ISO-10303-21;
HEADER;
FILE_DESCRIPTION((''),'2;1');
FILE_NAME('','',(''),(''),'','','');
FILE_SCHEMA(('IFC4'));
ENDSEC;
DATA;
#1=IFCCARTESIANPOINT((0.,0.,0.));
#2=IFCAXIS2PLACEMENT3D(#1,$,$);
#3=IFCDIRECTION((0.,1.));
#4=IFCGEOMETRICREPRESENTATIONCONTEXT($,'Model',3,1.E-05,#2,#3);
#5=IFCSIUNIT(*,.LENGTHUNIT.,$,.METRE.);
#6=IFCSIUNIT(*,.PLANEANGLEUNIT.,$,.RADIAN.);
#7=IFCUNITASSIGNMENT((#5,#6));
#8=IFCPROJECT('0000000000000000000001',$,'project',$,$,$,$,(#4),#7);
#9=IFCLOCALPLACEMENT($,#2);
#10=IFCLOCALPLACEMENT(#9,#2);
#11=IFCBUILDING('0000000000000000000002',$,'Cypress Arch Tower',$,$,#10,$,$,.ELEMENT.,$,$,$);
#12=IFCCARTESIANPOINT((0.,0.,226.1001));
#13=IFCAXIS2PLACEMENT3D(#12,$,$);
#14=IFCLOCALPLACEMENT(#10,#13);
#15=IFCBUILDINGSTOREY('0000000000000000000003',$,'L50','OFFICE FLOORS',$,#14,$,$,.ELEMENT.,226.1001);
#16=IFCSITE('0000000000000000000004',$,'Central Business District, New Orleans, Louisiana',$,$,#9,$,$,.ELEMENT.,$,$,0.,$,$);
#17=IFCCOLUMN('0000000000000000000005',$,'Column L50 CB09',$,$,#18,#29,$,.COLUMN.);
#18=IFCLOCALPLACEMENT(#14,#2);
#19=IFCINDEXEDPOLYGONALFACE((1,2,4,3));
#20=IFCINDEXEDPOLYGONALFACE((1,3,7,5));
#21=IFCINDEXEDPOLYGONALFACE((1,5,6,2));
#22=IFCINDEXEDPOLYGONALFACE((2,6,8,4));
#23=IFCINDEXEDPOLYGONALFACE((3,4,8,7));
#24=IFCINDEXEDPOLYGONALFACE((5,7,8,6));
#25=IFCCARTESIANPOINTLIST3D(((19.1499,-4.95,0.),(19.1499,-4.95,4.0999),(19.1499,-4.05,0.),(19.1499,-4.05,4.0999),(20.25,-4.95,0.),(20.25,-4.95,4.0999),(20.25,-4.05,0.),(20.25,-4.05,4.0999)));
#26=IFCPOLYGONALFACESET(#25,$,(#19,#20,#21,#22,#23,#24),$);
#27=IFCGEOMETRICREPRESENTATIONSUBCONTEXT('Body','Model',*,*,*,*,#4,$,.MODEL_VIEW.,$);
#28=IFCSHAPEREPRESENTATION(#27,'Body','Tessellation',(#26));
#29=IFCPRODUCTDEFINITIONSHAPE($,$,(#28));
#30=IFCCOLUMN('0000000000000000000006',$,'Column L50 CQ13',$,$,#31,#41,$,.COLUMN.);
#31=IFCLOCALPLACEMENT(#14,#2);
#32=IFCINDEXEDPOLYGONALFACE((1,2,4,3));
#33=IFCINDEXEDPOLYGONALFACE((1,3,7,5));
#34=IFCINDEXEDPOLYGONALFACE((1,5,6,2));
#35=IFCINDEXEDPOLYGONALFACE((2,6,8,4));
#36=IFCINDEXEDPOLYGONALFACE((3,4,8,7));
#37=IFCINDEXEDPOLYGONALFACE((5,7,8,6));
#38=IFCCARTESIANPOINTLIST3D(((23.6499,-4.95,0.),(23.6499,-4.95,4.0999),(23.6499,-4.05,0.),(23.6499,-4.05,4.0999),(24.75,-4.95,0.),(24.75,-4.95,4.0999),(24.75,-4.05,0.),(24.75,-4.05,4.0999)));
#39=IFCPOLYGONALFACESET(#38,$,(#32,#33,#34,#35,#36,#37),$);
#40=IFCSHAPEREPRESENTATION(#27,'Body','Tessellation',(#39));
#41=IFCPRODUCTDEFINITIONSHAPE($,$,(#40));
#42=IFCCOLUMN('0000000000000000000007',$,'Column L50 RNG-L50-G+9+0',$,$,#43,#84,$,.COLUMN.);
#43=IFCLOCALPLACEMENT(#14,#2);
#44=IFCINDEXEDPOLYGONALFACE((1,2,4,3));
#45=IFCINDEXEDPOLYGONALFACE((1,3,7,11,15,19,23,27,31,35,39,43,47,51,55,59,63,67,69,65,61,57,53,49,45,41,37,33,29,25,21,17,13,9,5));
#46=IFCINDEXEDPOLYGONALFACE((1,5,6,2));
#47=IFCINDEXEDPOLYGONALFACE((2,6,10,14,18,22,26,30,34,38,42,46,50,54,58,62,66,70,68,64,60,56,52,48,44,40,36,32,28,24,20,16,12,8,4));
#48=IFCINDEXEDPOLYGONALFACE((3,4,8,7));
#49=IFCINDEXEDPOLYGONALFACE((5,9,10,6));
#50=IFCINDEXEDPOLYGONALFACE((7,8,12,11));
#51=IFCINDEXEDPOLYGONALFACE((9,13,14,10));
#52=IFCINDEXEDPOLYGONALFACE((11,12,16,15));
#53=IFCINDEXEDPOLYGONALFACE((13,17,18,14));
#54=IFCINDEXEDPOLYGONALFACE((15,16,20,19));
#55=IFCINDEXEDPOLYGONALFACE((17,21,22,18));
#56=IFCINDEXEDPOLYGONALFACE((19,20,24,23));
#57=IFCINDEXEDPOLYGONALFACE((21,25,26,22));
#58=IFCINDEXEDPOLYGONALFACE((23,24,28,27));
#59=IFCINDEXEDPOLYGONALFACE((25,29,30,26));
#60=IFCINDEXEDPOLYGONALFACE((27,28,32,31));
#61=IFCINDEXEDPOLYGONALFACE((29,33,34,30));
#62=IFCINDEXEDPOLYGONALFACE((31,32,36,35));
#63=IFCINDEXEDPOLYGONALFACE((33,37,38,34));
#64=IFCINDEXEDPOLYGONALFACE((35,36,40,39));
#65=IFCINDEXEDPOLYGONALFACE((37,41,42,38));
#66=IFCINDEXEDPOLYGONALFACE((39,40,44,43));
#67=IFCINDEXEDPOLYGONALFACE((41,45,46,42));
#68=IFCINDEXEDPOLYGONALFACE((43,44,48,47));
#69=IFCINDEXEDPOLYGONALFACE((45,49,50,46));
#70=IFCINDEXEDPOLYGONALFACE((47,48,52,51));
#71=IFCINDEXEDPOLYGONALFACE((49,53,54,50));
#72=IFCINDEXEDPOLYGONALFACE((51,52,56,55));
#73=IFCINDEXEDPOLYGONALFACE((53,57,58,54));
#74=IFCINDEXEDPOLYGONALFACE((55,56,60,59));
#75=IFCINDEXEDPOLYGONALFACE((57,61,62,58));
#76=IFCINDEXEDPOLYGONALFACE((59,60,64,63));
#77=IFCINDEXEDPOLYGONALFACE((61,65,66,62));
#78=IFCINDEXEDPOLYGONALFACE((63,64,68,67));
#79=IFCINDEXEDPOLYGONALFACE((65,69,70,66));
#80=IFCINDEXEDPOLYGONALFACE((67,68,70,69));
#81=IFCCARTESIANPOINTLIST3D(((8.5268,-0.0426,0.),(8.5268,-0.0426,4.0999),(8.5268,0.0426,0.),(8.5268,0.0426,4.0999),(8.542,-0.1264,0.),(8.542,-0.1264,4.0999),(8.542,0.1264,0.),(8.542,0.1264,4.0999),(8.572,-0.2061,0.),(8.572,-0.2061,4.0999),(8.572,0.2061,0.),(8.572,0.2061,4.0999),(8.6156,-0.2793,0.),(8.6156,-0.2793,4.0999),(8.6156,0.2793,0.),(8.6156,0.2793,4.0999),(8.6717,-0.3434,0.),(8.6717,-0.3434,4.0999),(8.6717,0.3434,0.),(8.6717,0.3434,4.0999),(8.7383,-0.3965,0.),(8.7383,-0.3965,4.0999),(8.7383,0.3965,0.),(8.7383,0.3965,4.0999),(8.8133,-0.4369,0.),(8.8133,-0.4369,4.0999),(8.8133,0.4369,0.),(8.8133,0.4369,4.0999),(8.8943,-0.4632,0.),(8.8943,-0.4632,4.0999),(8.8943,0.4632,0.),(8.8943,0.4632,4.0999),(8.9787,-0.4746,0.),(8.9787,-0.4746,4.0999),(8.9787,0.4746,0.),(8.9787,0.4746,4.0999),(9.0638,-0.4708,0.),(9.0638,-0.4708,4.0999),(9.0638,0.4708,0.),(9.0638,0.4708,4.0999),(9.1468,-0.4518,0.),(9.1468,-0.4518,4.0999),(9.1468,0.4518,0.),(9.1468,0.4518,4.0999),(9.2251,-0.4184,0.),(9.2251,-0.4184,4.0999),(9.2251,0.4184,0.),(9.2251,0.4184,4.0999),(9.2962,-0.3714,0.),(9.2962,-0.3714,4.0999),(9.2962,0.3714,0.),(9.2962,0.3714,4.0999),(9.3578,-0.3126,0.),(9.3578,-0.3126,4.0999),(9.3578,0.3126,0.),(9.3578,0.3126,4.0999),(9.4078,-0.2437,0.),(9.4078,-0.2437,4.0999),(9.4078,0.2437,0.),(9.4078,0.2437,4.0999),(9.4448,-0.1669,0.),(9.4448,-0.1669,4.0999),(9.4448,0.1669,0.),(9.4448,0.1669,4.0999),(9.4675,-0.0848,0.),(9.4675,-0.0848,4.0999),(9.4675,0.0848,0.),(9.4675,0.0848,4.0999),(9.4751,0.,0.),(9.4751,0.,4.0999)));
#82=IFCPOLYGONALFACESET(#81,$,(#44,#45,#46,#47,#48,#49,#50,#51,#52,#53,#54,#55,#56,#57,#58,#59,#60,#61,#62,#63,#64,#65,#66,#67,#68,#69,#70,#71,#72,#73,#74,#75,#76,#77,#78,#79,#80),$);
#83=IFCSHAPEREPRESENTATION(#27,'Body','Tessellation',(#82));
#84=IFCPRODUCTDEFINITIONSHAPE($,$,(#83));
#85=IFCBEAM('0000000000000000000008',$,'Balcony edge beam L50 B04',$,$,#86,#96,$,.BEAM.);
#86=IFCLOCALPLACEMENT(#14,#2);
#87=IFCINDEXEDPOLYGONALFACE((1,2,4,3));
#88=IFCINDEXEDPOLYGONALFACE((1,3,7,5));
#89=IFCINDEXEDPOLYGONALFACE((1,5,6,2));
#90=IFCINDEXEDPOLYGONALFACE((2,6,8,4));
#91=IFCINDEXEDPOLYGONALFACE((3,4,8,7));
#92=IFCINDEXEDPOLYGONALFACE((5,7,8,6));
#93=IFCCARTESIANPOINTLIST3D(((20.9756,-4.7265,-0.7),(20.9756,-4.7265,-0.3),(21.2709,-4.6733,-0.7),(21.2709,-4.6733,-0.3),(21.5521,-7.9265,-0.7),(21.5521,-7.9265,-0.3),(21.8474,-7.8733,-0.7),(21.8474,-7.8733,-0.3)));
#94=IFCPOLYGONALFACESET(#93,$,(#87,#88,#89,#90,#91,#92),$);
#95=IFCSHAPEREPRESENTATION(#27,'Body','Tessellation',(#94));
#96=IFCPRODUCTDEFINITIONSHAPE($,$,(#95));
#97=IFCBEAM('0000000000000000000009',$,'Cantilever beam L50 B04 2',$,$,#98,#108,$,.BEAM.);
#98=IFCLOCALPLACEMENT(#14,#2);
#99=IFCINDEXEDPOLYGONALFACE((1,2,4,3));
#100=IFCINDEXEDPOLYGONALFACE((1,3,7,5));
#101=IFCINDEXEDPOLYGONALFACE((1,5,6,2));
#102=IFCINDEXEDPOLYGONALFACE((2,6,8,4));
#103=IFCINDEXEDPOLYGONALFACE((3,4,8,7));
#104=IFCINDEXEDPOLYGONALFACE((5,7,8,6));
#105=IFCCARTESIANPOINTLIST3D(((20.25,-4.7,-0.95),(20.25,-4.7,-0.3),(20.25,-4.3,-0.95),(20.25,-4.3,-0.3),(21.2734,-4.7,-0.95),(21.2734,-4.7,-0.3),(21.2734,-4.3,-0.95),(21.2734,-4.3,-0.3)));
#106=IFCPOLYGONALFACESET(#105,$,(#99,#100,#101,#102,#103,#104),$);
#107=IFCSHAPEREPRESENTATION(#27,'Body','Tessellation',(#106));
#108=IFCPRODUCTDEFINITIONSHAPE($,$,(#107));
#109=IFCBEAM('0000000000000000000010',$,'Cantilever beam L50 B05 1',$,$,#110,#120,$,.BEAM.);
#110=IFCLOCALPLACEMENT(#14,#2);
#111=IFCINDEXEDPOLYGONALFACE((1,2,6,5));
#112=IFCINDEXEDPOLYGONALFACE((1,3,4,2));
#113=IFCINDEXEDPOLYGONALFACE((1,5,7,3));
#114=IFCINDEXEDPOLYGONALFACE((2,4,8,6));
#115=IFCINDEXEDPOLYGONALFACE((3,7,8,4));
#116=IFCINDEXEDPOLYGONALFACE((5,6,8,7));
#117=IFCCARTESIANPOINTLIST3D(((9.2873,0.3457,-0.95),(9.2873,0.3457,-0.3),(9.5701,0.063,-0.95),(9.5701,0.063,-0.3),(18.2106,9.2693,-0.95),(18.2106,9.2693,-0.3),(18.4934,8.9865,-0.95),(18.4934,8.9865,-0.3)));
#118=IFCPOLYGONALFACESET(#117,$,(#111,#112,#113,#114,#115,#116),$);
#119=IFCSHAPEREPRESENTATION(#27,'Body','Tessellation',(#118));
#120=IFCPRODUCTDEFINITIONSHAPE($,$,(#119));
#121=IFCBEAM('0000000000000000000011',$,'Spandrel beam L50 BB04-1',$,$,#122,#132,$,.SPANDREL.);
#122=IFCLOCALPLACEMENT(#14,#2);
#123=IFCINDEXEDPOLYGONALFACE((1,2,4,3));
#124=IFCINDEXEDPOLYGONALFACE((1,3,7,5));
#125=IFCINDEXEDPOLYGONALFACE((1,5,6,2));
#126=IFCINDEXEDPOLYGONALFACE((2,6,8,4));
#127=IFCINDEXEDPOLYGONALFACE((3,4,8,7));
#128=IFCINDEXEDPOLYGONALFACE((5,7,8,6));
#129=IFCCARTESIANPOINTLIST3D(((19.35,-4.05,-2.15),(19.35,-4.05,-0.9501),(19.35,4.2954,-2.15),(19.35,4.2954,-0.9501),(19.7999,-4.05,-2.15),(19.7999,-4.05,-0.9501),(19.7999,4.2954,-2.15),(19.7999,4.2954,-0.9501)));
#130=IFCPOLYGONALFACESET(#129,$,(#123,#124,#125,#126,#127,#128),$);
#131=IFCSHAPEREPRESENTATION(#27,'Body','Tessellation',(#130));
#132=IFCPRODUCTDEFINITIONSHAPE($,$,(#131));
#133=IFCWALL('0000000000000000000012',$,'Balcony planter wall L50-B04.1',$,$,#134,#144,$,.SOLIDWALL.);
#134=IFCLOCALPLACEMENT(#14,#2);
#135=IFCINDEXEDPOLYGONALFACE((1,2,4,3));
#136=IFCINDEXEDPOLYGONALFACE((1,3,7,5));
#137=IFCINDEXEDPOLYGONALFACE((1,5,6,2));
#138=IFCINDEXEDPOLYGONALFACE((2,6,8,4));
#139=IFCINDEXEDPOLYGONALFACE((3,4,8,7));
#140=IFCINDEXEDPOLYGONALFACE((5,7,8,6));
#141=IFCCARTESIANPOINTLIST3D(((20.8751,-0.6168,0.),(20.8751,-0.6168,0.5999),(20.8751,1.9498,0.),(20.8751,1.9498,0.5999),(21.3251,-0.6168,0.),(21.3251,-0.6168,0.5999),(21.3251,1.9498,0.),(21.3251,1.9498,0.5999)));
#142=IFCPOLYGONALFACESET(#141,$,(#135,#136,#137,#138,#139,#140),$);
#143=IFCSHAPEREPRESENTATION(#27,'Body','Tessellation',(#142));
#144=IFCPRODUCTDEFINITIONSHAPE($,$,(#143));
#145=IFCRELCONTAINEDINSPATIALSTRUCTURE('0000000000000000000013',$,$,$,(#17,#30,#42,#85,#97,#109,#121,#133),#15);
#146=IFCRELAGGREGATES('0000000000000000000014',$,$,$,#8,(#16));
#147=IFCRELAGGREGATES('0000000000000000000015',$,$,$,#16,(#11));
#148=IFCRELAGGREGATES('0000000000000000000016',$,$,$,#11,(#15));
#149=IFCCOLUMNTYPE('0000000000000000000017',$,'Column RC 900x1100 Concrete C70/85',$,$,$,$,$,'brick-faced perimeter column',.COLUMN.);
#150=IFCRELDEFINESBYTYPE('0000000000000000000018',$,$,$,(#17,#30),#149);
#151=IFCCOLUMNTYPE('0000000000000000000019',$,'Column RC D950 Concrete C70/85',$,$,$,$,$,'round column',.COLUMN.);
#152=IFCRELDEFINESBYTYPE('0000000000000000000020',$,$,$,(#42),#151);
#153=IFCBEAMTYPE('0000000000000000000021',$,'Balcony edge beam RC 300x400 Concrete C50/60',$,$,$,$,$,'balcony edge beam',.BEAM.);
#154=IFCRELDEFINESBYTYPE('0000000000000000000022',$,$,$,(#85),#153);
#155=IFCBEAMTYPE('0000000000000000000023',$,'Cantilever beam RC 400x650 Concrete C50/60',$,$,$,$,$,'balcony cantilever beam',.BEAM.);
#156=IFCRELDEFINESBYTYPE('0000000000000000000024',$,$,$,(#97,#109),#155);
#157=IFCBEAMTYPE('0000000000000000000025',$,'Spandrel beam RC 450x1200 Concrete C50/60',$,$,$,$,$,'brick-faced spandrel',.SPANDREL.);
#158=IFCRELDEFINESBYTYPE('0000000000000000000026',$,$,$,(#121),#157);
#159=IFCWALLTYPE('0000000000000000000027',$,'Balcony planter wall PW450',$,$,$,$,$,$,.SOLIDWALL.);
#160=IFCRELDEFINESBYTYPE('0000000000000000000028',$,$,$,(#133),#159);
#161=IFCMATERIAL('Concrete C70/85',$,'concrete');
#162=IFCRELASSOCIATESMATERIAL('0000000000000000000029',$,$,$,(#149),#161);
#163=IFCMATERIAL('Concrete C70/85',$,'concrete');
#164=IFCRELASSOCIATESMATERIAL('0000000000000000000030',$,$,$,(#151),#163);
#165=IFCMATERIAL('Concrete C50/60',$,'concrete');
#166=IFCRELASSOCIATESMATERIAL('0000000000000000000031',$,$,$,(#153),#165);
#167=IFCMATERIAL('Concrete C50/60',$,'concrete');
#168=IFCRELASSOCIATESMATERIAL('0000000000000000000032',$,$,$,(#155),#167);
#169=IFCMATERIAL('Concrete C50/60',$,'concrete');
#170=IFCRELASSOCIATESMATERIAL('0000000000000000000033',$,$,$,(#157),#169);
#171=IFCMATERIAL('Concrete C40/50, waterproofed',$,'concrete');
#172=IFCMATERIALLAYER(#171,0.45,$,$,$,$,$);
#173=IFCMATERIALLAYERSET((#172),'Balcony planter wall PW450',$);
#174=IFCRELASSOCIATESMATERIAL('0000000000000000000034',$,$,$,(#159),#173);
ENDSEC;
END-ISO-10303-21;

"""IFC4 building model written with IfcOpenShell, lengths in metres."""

from ifc_helpers import new_model, si_unit, direction, frame, frame_2d, origin, origin_2d, place, context, subcontext, project, spatial, rectangle, circle, extrude, material, layer, layer_set, material_profile, profile_set, type_object, element, save


model = new_model("IFC4")

# Units and contexts
model_context = context("Model", 3, precision=1e-05, world=origin(), true_north=direction((0.0, 1.0)))
body_context = subcontext(model_context, "Body", "Model", "MODEL_VIEW")
ifc_project = project(units=[si_unit("LENGTHUNIT", "METRE"), si_unit("PLANEANGLEUNIT", "RADIAN")], contexts=[model_context])

# Site, building, storey
site_placement = place(None, origin())
site = spatial("IfcSite", under=ifc_project, at=site_placement, Name="Central Business District, New Orleans, Louisiana", CompositionType="ELEMENT", RefElevation=0.0)
building_placement = place(site_placement, origin())
building = spatial("IfcBuilding", under=site, at=building_placement, Name="Cypress Arch Tower", CompositionType="ELEMENT")
storey_placement = place(building_placement, frame((0.0, 0.0, 226.1001)))
storey = spatial("IfcBuildingStorey", under=building, at=storey_placement, Name="L50", Description="OFFICE FLOORS", CompositionType="ELEMENT", Elevation=226.1001)

# Columns
ifc_material_1 = material(Name="Concrete C70/85", Category="concrete")
ifc_material_profile_1 = material_profile(ifc_material_1, rectangle(XDim=0.8999, YDim=1.1001, at=origin_2d()), Name="RC 900x1100")
ifc_profile_set_1 = profile_set([ifc_material_profile_1], Name="Concrete C70/85")
column_type_1 = type_object("IfcColumnType", Name="Column RC 900x1100 Concrete C70/85", ElementType="brick-faced perimeter column", PredefinedType="COLUMN", material=ifc_profile_set_1)
for number, where, z_axis, x_axis, name in (
    (1, (19.7, -4.5, 0.0), (0.0, 0.0, 1.0), (0.0, 1.0, 0.0), "Column L50 CB09"),
    (2, (24.2, -4.5, 0.0), (0.0, 0.0, 1.0), (0.0, 1.0, 0.0), "Column L50 CQ13"),
):
    element("IfcColumn", number, at=place(storey_placement, frame(where, z_axis=z_axis, x_axis=x_axis)), inside=storey, type_object=column_type_1, Name=name, PredefinedType="COLUMN", context=body_context, shape_type="SweptSolid", body=[
        extrude(rectangle(XDim=0.8999, YDim=1.1001, at=origin_2d()), origin(), (0.0, 0.0, 1.0), 4.0999),
    ])
ifc_material_2 = material(Name="Concrete C70/85", Category="concrete")
ifc_material_profile_2 = material_profile(ifc_material_2, circle(Radius=0.4751, at=origin_2d()), Name="RC D950")
ifc_profile_set_2 = profile_set([ifc_material_profile_2], Name="Concrete C70/85")
column_type_2 = type_object("IfcColumnType", Name="Column RC D950 Concrete C70/85", ElementType="round column", PredefinedType="COLUMN", material=ifc_profile_set_2)
column_placement = place(storey_placement, frame((9.0, 0.0, 0.0), z_axis=(0.0, 0.0, 1.0), x_axis=(1.0, 0.0, 0.0)))
element("IfcColumn", 3, at=column_placement, inside=storey, type_object=column_type_2, Name="Column L50 RNG-L50-G+9+0", PredefinedType="COLUMN", context=body_context, shape_type="SweptSolid", body=[
    extrude(circle(Radius=0.4751, at=origin_2d()), origin(), (0.0, 0.0, 1.0), 4.0999),
])

# Beams
ifc_material_3 = material(Name="Concrete C50/60", Category="concrete")
ifc_material_profile_3 = material_profile(ifc_material_3, rectangle(XDim=0.3, YDim=0.3999, at=origin_2d()), Name="RC 300x400")
ifc_profile_set_3 = profile_set([ifc_material_profile_3], Name="Concrete C50/60")
beam_type_1 = type_object("IfcBeamType", Name="Balcony edge beam RC 300x400 Concrete C50/60", ElementType="balcony edge beam", PredefinedType="BEAM", material=ifc_profile_set_3)
beam_1_placement = place(storey_placement, frame((21.6997, -7.8999, -0.5), z_axis=(-0.17728, 0.984161, 0.0), x_axis=(-0.984161, -0.17728, 0.0)))
element("IfcBeam", 4, at=beam_1_placement, inside=storey, type_object=beam_type_1, Name="Balcony edge beam L50 B04", PredefinedType="BEAM", context=body_context, shape_type="SweptSolid", body=[
    extrude(rectangle(XDim=0.3, YDim=0.3999, at=origin_2d()), origin(), (0.0, 0.0, 1.0), 3.2515),
])
ifc_material_4 = material(Name="Concrete C50/60", Category="concrete")
ifc_material_profile_4 = material_profile(ifc_material_4, rectangle(XDim=0.3999, YDim=0.6499, at=origin_2d()), Name="RC 400x650")
ifc_profile_set_4 = profile_set([ifc_material_profile_4], Name="Concrete C50/60")
beam_type_2 = type_object("IfcBeamType", Name="Cantilever beam RC 400x650 Concrete C50/60", ElementType="balcony cantilever beam", PredefinedType="BEAM", material=ifc_profile_set_4)
beam_2_placement = place(storey_placement, frame((20.25, -4.5, -0.625), z_axis=(1.0, 0.0, 0.0), x_axis=(0.0, 1.0, 0.0)))
element("IfcBeam", 5, at=beam_2_placement, inside=storey, type_object=beam_type_2, Name="Cantilever beam L50 B04 2", PredefinedType="BEAM", context=body_context, shape_type="SweptSolid", body=[
    extrude(rectangle(XDim=0.3999, YDim=0.6499, at=origin_2d()), origin(), (0.0, 0.0, 1.0), 1.0234),
])
beam_3_placement = place(storey_placement, frame((9.4287, 0.2043, -0.625), z_axis=(0.707097, 0.707116, 0.0), x_axis=(-0.707116, 0.707097, 0.0)))
element("IfcBeam", 6, at=beam_3_placement, inside=storey, type_object=beam_type_2, Name="Cantilever beam L50 B05 1", PredefinedType="BEAM", context=body_context, shape_type="SweptSolid", body=[
    extrude(rectangle(XDim=0.3999, YDim=0.6499, at=origin_2d()), origin(), (0.0, 0.0, 1.0), 12.6196),
])
ifc_material_5 = material(Name="Concrete C50/60", Category="concrete")
ifc_material_profile_5 = material_profile(ifc_material_5, rectangle(XDim=0.45, YDim=1.2, at=origin_2d()), Name="RC 450x1200")
ifc_profile_set_5 = profile_set([ifc_material_profile_5], Name="Concrete C50/60")
beam_type_3 = type_object("IfcBeamType", Name="Spandrel beam RC 450x1200 Concrete C50/60", ElementType="brick-faced spandrel", PredefinedType="SPANDREL", material=ifc_profile_set_5)
beam_4_placement = place(storey_placement, frame((19.575, -4.05, -1.55), z_axis=(0.0, 1.0, 0.0), x_axis=(-1.0, 0.0, 0.0)))
element("IfcBeam", 7, at=beam_4_placement, inside=storey, type_object=beam_type_3, Name="Spandrel beam L50 BB04-1", PredefinedType="SPANDREL", context=body_context, shape_type="SweptSolid", body=[
    extrude(rectangle(XDim=0.45, YDim=1.2, at=origin_2d()), origin(), (0.0, 0.0, 1.0), 8.3455),
])

# Wall
ifc_material_6 = material(Name="Concrete C40/50, waterproofed", Category="concrete")
ifc_layer_1 = layer(ifc_material_6, 0.45)
ifc_layer_set_1 = layer_set([ifc_layer_1], Name="Balcony planter wall PW450")
wall_type_1 = type_object("IfcWallType", Name="Balcony planter wall PW450", PredefinedType="SOLIDWALL", material=ifc_layer_set_1)
wall_1_placement = place(storey_placement, frame((21.1001, -0.6167, 0.0), z_axis=(0.0, 0.0, 1.0), x_axis=(0.0, 1.0, 0.0)))
element("IfcWall", 8, at=wall_1_placement, inside=storey, type_object=wall_type_1, Name="Balcony planter wall L50-B04.1", PredefinedType="SOLIDWALL", context=body_context, shape_type="SweptSolid", body=[
    extrude(rectangle(XDim=2.5667, YDim=0.45, at=frame_2d((1.2832, 0.0))), origin(), (0.0, 0.0, 1.0), 0.5999),
])

save(model, "model.ifc")
